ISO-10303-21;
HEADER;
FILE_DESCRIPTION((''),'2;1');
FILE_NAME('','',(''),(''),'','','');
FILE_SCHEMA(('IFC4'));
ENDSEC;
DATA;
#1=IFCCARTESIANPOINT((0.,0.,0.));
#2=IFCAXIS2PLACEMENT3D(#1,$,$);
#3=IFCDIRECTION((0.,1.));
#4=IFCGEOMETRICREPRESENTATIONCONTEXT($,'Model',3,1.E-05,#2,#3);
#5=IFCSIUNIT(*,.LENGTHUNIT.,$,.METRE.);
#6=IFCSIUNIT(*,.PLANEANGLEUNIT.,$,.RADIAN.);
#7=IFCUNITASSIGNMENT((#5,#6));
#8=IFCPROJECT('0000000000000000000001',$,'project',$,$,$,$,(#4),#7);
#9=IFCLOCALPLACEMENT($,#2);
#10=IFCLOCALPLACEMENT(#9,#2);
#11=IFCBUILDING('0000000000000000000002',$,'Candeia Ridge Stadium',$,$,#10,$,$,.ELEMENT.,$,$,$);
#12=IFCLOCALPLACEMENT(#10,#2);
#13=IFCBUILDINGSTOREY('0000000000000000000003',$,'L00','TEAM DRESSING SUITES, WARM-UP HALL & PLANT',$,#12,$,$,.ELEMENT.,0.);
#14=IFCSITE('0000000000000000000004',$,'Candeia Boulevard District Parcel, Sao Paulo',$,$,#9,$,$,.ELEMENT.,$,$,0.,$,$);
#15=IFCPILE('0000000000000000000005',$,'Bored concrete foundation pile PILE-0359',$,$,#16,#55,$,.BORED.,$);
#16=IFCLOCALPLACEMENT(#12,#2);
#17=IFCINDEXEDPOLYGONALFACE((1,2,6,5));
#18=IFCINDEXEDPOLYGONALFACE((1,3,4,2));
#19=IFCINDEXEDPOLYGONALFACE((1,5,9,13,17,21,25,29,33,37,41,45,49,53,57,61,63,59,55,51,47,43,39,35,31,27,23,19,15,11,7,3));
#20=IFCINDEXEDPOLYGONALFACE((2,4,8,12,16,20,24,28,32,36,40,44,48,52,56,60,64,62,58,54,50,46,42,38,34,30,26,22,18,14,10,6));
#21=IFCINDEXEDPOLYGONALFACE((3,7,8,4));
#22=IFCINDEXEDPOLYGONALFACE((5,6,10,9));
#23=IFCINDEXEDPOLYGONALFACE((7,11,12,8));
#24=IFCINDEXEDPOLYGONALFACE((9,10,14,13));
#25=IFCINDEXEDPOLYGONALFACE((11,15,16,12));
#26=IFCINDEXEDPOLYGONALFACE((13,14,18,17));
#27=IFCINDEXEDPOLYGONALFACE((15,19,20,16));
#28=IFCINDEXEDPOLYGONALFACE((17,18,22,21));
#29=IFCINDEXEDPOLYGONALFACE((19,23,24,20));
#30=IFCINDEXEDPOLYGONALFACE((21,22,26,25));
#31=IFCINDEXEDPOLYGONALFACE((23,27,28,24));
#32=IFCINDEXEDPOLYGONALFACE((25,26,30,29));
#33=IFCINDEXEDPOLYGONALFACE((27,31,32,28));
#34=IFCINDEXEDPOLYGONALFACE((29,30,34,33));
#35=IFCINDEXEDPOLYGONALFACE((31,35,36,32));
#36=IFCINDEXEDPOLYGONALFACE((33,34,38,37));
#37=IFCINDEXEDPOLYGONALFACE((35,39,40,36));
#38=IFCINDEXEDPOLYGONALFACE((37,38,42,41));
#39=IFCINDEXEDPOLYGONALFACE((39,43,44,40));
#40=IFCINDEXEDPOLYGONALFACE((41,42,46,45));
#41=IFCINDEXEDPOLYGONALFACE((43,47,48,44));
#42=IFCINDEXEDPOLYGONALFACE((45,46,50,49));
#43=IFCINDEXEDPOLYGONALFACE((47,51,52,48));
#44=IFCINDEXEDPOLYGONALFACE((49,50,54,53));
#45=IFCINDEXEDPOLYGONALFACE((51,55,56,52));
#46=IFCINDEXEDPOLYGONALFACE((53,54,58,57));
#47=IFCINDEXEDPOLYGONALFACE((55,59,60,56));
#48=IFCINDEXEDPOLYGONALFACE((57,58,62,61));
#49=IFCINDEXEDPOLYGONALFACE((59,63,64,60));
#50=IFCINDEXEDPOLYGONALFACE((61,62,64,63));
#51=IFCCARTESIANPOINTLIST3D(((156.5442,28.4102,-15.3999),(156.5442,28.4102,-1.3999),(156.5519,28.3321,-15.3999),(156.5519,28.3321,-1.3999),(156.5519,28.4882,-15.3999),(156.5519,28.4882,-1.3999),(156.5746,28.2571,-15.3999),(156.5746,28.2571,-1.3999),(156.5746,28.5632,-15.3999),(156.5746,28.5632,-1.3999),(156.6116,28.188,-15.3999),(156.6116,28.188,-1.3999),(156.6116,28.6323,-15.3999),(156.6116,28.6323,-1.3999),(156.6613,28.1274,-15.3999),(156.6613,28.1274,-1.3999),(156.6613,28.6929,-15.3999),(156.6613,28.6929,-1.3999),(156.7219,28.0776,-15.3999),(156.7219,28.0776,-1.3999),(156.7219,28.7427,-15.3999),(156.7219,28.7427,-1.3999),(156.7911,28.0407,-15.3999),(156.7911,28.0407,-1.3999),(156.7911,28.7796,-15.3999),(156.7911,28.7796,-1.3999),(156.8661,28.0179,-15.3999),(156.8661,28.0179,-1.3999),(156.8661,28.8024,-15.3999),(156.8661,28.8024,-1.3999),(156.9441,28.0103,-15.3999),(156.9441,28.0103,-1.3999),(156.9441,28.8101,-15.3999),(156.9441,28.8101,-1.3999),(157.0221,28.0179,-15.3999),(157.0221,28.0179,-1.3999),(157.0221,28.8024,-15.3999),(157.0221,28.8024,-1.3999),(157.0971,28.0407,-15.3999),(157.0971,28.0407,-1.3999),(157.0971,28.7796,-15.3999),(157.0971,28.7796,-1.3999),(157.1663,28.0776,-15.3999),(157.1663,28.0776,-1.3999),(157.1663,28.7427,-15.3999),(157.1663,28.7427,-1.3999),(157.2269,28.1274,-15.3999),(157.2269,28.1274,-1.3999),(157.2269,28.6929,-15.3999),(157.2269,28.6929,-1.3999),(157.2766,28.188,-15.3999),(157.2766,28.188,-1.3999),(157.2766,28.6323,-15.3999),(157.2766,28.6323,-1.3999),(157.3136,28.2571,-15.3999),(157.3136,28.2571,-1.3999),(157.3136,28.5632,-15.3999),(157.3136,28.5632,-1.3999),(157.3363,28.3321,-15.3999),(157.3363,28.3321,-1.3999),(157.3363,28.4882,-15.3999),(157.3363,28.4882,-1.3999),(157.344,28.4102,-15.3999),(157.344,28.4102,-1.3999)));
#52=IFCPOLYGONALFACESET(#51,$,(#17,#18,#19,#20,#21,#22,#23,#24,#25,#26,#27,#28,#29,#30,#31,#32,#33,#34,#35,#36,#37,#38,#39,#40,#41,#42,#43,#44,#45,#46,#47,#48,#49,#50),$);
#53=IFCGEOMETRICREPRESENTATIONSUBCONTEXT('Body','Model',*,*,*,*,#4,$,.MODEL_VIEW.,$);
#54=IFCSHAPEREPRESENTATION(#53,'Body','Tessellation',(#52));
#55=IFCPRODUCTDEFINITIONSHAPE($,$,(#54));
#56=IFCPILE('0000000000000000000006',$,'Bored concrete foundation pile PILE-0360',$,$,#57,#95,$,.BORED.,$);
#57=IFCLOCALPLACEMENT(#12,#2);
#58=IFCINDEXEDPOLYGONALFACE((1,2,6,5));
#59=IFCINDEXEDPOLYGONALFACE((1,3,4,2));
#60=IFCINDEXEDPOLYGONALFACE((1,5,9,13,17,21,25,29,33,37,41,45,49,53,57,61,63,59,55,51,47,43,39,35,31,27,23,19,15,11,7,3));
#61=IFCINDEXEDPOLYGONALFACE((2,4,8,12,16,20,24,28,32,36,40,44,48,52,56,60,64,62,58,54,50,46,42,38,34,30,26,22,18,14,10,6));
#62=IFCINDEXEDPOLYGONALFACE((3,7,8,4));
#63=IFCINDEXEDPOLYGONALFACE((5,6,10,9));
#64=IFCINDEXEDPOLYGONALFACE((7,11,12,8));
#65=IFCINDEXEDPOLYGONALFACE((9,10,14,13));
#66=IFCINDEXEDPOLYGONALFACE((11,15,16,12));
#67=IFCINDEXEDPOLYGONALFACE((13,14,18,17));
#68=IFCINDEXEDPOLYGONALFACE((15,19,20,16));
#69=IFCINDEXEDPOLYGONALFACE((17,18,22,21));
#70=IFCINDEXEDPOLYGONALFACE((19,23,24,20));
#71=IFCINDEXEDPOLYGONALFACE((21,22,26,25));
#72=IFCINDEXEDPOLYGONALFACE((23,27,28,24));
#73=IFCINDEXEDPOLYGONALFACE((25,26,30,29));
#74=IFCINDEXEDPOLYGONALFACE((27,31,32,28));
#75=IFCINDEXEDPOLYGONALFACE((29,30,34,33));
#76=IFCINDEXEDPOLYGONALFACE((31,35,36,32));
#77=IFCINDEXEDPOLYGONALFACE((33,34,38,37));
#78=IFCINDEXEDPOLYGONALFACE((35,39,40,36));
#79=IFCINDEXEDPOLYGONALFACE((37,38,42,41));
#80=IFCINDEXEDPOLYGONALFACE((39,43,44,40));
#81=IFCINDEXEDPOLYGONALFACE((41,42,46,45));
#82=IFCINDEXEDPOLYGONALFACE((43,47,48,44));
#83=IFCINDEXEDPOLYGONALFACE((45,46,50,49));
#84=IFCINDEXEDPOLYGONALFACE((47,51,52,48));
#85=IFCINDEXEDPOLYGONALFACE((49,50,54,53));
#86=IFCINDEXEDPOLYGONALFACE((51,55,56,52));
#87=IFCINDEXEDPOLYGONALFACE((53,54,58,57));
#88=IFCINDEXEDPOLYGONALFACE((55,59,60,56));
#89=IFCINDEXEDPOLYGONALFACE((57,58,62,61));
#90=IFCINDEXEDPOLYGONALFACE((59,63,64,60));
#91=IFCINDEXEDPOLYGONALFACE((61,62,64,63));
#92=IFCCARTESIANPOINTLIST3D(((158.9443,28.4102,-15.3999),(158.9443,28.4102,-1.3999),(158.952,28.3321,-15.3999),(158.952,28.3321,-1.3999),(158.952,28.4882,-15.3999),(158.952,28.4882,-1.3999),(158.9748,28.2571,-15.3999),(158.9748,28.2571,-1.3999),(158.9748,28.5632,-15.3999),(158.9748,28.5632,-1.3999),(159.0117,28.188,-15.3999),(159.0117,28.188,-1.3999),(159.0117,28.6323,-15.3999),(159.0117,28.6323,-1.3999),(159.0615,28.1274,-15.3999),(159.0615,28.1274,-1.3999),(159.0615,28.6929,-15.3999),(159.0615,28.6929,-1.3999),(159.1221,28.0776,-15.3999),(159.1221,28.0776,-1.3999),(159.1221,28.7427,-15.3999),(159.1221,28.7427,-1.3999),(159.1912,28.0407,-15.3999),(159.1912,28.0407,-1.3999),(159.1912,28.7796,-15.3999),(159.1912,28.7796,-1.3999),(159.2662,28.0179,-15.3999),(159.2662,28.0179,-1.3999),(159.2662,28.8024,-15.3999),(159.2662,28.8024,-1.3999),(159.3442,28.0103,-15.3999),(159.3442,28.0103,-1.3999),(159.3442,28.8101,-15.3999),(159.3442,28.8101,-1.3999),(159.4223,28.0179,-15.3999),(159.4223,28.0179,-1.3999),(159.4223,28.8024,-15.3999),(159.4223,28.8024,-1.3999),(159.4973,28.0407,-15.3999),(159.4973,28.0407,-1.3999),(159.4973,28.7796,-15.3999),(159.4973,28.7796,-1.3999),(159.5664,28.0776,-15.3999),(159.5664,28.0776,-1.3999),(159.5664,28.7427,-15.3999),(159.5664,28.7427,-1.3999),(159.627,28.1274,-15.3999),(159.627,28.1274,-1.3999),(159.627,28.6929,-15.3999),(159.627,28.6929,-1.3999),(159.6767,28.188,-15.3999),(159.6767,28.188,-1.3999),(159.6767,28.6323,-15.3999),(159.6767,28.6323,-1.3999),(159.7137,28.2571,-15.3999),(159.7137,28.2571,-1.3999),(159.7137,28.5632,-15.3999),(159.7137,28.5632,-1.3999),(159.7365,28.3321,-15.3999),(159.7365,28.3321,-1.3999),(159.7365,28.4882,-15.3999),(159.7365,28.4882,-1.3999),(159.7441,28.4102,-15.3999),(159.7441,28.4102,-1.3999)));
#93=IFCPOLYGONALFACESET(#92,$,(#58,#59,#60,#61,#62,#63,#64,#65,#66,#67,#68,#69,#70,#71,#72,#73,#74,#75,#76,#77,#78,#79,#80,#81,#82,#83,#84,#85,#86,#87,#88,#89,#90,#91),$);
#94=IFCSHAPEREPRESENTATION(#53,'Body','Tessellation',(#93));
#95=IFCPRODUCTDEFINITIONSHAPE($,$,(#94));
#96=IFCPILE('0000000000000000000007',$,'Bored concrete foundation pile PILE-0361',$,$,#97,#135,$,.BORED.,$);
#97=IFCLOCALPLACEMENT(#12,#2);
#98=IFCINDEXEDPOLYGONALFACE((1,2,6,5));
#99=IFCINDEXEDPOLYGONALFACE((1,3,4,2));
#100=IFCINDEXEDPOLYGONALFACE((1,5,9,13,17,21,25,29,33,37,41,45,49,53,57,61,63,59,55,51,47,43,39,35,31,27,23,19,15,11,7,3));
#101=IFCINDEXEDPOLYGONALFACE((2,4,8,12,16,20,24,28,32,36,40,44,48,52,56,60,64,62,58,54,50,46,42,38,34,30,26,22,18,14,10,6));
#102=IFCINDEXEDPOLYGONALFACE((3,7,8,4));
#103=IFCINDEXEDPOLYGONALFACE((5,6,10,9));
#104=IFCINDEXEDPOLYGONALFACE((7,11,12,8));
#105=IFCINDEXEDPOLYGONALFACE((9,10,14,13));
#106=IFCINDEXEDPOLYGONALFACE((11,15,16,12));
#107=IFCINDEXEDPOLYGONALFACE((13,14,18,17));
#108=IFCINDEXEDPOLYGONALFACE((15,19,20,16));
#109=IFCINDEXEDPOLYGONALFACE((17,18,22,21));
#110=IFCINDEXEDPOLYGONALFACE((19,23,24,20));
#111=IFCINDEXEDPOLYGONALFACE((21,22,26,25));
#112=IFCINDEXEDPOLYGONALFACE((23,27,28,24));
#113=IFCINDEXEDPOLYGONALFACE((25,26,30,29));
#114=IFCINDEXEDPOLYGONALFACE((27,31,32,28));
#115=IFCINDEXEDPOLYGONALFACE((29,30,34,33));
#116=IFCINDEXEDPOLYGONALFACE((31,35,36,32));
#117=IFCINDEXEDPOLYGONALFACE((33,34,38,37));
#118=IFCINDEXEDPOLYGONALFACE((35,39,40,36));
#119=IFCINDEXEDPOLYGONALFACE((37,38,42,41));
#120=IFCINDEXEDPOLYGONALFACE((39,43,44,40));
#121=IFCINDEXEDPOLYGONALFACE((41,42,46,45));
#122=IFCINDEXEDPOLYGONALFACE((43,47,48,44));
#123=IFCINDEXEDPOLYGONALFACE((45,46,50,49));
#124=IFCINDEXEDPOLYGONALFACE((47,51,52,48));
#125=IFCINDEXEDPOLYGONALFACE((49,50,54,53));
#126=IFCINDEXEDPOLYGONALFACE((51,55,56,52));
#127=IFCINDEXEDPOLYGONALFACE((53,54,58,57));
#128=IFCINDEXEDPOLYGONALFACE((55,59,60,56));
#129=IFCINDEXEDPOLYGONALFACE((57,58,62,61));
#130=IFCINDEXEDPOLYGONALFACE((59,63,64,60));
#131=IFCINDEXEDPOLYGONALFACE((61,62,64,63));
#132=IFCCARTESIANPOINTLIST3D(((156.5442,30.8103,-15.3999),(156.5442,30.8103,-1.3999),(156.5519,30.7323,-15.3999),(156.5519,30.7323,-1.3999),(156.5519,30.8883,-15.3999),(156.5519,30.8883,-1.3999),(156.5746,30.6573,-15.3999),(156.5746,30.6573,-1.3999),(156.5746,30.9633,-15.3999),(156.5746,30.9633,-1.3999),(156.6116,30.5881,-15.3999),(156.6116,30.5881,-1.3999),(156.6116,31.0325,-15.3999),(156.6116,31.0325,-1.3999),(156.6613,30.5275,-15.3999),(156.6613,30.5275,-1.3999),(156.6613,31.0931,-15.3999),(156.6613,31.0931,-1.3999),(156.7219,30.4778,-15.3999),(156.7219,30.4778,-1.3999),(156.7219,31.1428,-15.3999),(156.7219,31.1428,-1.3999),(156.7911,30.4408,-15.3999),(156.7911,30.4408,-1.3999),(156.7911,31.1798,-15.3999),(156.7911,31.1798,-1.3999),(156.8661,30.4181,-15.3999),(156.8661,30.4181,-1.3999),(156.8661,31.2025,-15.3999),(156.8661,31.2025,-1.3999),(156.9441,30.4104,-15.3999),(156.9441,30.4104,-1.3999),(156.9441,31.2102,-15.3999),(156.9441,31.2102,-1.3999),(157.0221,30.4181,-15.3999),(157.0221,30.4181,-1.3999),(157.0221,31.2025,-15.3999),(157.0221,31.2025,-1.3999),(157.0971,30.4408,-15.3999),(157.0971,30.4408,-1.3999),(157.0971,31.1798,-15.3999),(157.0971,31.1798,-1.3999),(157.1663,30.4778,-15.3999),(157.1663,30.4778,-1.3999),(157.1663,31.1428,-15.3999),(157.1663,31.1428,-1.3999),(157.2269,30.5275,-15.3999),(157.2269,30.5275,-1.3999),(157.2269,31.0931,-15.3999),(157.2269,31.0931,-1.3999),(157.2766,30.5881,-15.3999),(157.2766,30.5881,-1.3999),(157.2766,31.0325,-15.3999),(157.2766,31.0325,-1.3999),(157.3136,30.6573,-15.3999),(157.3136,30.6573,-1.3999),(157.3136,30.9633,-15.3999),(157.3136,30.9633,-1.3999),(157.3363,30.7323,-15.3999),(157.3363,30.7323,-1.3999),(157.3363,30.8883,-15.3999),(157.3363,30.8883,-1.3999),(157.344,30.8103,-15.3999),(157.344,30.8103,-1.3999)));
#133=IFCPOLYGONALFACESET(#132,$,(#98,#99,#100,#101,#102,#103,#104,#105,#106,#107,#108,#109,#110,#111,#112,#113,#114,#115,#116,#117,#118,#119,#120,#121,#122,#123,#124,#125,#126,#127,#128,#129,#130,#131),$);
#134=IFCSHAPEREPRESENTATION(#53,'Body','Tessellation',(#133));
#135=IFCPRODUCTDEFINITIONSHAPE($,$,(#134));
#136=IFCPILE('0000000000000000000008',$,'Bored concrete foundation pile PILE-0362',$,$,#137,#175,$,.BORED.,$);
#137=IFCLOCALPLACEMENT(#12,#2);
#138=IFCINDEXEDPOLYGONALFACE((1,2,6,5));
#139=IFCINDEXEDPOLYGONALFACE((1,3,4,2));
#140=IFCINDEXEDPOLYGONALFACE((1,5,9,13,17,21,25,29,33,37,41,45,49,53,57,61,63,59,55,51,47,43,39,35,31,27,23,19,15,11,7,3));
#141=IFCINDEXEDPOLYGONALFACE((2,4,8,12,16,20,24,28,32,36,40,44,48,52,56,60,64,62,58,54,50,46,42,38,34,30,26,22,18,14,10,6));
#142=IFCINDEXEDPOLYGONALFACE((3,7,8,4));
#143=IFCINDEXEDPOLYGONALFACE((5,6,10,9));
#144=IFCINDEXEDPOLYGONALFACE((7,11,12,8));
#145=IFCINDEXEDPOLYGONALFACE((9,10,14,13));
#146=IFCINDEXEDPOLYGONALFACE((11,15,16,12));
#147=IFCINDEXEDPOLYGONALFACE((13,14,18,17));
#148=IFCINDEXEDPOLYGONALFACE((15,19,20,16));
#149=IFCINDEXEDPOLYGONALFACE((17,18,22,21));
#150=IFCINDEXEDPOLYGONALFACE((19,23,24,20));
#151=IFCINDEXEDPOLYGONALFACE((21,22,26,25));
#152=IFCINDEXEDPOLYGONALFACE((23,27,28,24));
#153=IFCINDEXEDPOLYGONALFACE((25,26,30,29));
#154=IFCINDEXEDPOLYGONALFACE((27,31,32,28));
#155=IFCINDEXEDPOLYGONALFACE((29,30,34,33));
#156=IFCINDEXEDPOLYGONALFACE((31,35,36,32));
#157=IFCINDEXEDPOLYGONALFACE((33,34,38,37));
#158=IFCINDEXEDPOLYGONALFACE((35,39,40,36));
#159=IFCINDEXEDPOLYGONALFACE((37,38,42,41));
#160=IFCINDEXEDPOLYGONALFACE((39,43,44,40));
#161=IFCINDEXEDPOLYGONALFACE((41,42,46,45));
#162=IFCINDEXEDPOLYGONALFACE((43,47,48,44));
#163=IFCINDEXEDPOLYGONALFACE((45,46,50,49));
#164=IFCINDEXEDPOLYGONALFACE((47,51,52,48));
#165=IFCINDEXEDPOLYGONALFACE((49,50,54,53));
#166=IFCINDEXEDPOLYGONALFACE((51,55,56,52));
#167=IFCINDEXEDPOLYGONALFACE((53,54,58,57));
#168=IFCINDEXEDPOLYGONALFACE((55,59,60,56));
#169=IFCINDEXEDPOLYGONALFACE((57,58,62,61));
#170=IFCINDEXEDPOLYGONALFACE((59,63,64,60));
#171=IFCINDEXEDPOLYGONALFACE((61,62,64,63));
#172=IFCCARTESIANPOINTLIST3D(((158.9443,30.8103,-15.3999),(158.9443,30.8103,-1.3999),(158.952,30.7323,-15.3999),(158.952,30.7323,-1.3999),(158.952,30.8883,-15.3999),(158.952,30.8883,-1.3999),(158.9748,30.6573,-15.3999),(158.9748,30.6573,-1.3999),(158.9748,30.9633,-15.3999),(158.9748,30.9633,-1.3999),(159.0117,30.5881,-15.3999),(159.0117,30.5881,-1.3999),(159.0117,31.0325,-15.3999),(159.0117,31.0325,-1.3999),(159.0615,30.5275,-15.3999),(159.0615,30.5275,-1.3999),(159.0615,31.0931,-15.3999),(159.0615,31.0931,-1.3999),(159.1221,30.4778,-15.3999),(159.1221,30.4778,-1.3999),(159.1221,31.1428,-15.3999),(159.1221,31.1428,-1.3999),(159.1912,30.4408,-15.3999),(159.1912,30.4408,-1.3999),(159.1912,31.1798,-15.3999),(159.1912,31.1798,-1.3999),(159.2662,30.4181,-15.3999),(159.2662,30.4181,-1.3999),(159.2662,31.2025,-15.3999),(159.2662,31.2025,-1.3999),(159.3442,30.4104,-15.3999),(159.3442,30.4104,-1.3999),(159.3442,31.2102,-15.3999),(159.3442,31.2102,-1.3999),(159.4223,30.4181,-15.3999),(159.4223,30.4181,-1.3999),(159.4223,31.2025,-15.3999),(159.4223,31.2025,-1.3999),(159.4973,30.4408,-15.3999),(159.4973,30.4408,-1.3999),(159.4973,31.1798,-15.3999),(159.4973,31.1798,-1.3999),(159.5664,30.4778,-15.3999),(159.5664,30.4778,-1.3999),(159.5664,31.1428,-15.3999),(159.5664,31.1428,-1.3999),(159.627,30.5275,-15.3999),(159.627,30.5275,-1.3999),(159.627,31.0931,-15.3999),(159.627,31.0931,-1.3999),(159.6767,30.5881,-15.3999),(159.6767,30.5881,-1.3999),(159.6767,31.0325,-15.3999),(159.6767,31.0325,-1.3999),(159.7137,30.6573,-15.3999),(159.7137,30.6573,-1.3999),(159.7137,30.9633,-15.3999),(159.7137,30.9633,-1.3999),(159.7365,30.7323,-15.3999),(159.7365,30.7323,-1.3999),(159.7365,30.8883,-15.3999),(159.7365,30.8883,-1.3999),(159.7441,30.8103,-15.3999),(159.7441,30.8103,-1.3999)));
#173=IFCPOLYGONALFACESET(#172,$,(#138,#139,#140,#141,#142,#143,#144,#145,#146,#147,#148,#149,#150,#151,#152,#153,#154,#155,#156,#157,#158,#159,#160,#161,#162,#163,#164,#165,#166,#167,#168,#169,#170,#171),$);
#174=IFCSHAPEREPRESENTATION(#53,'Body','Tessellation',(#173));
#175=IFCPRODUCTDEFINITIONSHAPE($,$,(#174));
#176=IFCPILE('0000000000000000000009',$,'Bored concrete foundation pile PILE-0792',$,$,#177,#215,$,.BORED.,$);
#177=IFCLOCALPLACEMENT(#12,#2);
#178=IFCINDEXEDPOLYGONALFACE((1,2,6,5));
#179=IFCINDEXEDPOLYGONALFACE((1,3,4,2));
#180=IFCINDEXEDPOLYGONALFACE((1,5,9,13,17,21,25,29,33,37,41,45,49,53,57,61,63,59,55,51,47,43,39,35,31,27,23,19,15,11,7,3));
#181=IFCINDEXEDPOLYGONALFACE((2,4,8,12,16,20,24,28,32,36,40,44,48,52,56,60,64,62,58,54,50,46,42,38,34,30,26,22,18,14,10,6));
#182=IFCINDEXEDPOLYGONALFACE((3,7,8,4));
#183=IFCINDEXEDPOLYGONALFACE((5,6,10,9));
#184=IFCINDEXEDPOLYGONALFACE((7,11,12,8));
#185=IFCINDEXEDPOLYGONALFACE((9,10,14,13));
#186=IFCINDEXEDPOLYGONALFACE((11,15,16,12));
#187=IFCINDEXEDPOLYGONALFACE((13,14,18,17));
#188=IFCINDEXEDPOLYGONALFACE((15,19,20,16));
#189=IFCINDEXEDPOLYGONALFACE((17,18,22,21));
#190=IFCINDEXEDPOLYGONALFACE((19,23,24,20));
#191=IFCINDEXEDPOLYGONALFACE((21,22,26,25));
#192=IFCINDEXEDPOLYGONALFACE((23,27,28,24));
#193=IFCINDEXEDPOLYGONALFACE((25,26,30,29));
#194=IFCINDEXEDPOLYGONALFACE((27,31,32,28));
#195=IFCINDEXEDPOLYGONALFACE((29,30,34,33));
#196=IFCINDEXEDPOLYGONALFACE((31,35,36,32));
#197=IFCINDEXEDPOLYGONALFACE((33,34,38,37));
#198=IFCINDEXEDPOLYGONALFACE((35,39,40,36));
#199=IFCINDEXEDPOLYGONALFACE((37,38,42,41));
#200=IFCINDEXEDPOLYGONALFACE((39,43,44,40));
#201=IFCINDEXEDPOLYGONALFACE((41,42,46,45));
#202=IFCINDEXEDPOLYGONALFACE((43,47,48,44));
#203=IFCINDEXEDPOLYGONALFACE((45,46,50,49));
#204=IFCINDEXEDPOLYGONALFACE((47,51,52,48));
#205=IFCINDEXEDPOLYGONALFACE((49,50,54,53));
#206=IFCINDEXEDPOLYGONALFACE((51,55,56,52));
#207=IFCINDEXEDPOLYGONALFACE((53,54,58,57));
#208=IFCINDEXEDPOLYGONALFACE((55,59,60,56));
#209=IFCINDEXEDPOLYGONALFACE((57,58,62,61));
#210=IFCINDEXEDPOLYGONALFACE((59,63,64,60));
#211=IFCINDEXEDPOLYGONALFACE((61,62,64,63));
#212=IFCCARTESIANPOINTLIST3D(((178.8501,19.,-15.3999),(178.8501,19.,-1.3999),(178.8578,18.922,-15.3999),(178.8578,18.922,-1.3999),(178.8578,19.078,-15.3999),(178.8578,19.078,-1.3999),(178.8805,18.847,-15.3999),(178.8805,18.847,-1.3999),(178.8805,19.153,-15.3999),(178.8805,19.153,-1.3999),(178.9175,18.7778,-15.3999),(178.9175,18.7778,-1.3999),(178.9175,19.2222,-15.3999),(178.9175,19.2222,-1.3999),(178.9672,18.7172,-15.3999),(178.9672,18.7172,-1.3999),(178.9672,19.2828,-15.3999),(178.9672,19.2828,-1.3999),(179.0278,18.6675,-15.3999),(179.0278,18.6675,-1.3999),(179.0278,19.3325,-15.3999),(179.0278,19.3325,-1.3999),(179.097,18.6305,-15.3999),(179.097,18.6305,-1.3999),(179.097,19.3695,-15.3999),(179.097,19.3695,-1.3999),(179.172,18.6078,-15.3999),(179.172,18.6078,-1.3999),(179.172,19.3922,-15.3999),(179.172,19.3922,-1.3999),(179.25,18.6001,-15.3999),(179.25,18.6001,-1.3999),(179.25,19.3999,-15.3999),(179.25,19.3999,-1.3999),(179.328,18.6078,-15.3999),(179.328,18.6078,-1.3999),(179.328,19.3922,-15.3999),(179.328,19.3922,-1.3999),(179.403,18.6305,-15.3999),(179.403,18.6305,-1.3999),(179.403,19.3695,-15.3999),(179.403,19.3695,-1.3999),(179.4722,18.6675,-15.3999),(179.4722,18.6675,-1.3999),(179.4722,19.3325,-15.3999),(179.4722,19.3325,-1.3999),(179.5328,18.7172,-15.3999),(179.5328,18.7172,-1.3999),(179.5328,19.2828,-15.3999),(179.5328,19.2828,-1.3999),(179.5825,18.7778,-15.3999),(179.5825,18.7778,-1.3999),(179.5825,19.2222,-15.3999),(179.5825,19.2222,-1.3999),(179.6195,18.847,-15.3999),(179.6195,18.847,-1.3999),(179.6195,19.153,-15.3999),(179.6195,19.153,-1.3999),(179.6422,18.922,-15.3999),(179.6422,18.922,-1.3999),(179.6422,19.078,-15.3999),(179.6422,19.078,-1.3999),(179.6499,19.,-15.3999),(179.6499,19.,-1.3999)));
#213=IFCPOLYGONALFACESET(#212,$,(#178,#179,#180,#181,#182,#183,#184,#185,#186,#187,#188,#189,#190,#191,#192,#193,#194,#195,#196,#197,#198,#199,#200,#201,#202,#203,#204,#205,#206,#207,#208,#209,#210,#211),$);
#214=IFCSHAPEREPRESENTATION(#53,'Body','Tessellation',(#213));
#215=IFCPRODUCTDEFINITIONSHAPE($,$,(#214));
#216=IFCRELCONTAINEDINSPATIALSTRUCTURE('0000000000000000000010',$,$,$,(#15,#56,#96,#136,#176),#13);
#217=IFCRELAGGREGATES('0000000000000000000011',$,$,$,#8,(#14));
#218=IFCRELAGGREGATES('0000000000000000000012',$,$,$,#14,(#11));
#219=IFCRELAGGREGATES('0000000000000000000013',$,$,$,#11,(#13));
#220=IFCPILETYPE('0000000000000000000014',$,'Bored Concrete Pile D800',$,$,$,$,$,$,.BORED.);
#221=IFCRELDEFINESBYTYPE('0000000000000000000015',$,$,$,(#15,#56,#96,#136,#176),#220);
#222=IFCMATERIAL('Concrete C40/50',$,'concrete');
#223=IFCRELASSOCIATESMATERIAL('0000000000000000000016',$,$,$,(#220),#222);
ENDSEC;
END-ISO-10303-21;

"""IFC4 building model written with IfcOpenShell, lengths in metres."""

from ifc_helpers import new_model, si_unit, direction, frame, origin, origin_2d, place, context, subcontext, project, spatial, circle, extrude, material, material_profile, profile_set, type_object, element, save


model = new_model("IFC4")

# Units and contexts
model_context = context("Model", 3, precision=1e-05, world=origin(), true_north=direction((0.0, 1.0)))
body_context = subcontext(model_context, "Body", "Model", "MODEL_VIEW")
ifc_project = project(units=[si_unit("LENGTHUNIT", "METRE"), si_unit("PLANEANGLEUNIT", "RADIAN")], contexts=[model_context])

# Site, building, storey
site_placement = place(None, origin())
site = spatial("IfcSite", under=ifc_project, at=site_placement, Name="Candeia Boulevard District Parcel, Sao Paulo", CompositionType="ELEMENT", RefElevation=0.0)
building_placement = place(site_placement, origin())
building = spatial("IfcBuilding", under=site, at=building_placement, Name="Candeia Ridge Stadium", CompositionType="ELEMENT")
storey_placement = place(building_placement, origin())
storey = spatial("IfcBuildingStorey", under=building, at=storey_placement, Name="L00", Description="TEAM DRESSING SUITES, WARM-UP HALL & PLANT", CompositionType="ELEMENT", Elevation=0.0)

# Piles
ifc_material_1 = material(Name="Concrete C40/50", Category="concrete")
ifc_material_profile_1 = material_profile(ifc_material_1, circle(Radius=0.3999, at=origin_2d()), Name="PILE-D800", Category="concrete")
ifc_profile_set_1 = profile_set([ifc_material_profile_1], Name="Concrete C40/50")
pile_type_1 = type_object("IfcPileType", Name="Bored Concrete Pile D800", PredefinedType="BORED", material=ifc_profile_set_1)
for number, where, z_axis, x_axis, name in (
    (1, (156.9441, 28.4102, -1.3999), (0.0, 0.0, -1.0), (1.0, 0.0, 0.0), "Bored concrete foundation pile PILE-0359"),
    (2, (159.3442, 28.4102, -1.3999), (0.0, 0.0, -1.0), (1.0, 0.0, 0.0), "Bored concrete foundation pile PILE-0360"),
    (3, (156.9441, 30.8103, -1.3999), (0.0, 0.0, -1.0), (1.0, 0.0, 0.0), "Bored concrete foundation pile PILE-0361"),
    (4, (159.3442, 30.8103, -1.3999), (0.0, 0.0, -1.0), (1.0, 0.0, 0.0), "Bored concrete foundation pile PILE-0362"),
    (5, (179.25, 19.0, -1.3999), (0.0, 0.0, -1.0), (1.0, 0.0, 0.0), "Bored concrete foundation pile PILE-0792"),
):
    element("IfcPile", number, at=place(storey_placement, frame(where, z_axis=z_axis, x_axis=x_axis)), inside=storey, type_object=pile_type_1, Name=name, PredefinedType="BORED", context=body_context, shape_type="SweptSolid", body=[
        extrude(circle(Radius=0.3999, at=origin_2d()), origin(), (0.0, 0.0, 1.0), 14.0),
    ])

save(model, "model.ifc")
